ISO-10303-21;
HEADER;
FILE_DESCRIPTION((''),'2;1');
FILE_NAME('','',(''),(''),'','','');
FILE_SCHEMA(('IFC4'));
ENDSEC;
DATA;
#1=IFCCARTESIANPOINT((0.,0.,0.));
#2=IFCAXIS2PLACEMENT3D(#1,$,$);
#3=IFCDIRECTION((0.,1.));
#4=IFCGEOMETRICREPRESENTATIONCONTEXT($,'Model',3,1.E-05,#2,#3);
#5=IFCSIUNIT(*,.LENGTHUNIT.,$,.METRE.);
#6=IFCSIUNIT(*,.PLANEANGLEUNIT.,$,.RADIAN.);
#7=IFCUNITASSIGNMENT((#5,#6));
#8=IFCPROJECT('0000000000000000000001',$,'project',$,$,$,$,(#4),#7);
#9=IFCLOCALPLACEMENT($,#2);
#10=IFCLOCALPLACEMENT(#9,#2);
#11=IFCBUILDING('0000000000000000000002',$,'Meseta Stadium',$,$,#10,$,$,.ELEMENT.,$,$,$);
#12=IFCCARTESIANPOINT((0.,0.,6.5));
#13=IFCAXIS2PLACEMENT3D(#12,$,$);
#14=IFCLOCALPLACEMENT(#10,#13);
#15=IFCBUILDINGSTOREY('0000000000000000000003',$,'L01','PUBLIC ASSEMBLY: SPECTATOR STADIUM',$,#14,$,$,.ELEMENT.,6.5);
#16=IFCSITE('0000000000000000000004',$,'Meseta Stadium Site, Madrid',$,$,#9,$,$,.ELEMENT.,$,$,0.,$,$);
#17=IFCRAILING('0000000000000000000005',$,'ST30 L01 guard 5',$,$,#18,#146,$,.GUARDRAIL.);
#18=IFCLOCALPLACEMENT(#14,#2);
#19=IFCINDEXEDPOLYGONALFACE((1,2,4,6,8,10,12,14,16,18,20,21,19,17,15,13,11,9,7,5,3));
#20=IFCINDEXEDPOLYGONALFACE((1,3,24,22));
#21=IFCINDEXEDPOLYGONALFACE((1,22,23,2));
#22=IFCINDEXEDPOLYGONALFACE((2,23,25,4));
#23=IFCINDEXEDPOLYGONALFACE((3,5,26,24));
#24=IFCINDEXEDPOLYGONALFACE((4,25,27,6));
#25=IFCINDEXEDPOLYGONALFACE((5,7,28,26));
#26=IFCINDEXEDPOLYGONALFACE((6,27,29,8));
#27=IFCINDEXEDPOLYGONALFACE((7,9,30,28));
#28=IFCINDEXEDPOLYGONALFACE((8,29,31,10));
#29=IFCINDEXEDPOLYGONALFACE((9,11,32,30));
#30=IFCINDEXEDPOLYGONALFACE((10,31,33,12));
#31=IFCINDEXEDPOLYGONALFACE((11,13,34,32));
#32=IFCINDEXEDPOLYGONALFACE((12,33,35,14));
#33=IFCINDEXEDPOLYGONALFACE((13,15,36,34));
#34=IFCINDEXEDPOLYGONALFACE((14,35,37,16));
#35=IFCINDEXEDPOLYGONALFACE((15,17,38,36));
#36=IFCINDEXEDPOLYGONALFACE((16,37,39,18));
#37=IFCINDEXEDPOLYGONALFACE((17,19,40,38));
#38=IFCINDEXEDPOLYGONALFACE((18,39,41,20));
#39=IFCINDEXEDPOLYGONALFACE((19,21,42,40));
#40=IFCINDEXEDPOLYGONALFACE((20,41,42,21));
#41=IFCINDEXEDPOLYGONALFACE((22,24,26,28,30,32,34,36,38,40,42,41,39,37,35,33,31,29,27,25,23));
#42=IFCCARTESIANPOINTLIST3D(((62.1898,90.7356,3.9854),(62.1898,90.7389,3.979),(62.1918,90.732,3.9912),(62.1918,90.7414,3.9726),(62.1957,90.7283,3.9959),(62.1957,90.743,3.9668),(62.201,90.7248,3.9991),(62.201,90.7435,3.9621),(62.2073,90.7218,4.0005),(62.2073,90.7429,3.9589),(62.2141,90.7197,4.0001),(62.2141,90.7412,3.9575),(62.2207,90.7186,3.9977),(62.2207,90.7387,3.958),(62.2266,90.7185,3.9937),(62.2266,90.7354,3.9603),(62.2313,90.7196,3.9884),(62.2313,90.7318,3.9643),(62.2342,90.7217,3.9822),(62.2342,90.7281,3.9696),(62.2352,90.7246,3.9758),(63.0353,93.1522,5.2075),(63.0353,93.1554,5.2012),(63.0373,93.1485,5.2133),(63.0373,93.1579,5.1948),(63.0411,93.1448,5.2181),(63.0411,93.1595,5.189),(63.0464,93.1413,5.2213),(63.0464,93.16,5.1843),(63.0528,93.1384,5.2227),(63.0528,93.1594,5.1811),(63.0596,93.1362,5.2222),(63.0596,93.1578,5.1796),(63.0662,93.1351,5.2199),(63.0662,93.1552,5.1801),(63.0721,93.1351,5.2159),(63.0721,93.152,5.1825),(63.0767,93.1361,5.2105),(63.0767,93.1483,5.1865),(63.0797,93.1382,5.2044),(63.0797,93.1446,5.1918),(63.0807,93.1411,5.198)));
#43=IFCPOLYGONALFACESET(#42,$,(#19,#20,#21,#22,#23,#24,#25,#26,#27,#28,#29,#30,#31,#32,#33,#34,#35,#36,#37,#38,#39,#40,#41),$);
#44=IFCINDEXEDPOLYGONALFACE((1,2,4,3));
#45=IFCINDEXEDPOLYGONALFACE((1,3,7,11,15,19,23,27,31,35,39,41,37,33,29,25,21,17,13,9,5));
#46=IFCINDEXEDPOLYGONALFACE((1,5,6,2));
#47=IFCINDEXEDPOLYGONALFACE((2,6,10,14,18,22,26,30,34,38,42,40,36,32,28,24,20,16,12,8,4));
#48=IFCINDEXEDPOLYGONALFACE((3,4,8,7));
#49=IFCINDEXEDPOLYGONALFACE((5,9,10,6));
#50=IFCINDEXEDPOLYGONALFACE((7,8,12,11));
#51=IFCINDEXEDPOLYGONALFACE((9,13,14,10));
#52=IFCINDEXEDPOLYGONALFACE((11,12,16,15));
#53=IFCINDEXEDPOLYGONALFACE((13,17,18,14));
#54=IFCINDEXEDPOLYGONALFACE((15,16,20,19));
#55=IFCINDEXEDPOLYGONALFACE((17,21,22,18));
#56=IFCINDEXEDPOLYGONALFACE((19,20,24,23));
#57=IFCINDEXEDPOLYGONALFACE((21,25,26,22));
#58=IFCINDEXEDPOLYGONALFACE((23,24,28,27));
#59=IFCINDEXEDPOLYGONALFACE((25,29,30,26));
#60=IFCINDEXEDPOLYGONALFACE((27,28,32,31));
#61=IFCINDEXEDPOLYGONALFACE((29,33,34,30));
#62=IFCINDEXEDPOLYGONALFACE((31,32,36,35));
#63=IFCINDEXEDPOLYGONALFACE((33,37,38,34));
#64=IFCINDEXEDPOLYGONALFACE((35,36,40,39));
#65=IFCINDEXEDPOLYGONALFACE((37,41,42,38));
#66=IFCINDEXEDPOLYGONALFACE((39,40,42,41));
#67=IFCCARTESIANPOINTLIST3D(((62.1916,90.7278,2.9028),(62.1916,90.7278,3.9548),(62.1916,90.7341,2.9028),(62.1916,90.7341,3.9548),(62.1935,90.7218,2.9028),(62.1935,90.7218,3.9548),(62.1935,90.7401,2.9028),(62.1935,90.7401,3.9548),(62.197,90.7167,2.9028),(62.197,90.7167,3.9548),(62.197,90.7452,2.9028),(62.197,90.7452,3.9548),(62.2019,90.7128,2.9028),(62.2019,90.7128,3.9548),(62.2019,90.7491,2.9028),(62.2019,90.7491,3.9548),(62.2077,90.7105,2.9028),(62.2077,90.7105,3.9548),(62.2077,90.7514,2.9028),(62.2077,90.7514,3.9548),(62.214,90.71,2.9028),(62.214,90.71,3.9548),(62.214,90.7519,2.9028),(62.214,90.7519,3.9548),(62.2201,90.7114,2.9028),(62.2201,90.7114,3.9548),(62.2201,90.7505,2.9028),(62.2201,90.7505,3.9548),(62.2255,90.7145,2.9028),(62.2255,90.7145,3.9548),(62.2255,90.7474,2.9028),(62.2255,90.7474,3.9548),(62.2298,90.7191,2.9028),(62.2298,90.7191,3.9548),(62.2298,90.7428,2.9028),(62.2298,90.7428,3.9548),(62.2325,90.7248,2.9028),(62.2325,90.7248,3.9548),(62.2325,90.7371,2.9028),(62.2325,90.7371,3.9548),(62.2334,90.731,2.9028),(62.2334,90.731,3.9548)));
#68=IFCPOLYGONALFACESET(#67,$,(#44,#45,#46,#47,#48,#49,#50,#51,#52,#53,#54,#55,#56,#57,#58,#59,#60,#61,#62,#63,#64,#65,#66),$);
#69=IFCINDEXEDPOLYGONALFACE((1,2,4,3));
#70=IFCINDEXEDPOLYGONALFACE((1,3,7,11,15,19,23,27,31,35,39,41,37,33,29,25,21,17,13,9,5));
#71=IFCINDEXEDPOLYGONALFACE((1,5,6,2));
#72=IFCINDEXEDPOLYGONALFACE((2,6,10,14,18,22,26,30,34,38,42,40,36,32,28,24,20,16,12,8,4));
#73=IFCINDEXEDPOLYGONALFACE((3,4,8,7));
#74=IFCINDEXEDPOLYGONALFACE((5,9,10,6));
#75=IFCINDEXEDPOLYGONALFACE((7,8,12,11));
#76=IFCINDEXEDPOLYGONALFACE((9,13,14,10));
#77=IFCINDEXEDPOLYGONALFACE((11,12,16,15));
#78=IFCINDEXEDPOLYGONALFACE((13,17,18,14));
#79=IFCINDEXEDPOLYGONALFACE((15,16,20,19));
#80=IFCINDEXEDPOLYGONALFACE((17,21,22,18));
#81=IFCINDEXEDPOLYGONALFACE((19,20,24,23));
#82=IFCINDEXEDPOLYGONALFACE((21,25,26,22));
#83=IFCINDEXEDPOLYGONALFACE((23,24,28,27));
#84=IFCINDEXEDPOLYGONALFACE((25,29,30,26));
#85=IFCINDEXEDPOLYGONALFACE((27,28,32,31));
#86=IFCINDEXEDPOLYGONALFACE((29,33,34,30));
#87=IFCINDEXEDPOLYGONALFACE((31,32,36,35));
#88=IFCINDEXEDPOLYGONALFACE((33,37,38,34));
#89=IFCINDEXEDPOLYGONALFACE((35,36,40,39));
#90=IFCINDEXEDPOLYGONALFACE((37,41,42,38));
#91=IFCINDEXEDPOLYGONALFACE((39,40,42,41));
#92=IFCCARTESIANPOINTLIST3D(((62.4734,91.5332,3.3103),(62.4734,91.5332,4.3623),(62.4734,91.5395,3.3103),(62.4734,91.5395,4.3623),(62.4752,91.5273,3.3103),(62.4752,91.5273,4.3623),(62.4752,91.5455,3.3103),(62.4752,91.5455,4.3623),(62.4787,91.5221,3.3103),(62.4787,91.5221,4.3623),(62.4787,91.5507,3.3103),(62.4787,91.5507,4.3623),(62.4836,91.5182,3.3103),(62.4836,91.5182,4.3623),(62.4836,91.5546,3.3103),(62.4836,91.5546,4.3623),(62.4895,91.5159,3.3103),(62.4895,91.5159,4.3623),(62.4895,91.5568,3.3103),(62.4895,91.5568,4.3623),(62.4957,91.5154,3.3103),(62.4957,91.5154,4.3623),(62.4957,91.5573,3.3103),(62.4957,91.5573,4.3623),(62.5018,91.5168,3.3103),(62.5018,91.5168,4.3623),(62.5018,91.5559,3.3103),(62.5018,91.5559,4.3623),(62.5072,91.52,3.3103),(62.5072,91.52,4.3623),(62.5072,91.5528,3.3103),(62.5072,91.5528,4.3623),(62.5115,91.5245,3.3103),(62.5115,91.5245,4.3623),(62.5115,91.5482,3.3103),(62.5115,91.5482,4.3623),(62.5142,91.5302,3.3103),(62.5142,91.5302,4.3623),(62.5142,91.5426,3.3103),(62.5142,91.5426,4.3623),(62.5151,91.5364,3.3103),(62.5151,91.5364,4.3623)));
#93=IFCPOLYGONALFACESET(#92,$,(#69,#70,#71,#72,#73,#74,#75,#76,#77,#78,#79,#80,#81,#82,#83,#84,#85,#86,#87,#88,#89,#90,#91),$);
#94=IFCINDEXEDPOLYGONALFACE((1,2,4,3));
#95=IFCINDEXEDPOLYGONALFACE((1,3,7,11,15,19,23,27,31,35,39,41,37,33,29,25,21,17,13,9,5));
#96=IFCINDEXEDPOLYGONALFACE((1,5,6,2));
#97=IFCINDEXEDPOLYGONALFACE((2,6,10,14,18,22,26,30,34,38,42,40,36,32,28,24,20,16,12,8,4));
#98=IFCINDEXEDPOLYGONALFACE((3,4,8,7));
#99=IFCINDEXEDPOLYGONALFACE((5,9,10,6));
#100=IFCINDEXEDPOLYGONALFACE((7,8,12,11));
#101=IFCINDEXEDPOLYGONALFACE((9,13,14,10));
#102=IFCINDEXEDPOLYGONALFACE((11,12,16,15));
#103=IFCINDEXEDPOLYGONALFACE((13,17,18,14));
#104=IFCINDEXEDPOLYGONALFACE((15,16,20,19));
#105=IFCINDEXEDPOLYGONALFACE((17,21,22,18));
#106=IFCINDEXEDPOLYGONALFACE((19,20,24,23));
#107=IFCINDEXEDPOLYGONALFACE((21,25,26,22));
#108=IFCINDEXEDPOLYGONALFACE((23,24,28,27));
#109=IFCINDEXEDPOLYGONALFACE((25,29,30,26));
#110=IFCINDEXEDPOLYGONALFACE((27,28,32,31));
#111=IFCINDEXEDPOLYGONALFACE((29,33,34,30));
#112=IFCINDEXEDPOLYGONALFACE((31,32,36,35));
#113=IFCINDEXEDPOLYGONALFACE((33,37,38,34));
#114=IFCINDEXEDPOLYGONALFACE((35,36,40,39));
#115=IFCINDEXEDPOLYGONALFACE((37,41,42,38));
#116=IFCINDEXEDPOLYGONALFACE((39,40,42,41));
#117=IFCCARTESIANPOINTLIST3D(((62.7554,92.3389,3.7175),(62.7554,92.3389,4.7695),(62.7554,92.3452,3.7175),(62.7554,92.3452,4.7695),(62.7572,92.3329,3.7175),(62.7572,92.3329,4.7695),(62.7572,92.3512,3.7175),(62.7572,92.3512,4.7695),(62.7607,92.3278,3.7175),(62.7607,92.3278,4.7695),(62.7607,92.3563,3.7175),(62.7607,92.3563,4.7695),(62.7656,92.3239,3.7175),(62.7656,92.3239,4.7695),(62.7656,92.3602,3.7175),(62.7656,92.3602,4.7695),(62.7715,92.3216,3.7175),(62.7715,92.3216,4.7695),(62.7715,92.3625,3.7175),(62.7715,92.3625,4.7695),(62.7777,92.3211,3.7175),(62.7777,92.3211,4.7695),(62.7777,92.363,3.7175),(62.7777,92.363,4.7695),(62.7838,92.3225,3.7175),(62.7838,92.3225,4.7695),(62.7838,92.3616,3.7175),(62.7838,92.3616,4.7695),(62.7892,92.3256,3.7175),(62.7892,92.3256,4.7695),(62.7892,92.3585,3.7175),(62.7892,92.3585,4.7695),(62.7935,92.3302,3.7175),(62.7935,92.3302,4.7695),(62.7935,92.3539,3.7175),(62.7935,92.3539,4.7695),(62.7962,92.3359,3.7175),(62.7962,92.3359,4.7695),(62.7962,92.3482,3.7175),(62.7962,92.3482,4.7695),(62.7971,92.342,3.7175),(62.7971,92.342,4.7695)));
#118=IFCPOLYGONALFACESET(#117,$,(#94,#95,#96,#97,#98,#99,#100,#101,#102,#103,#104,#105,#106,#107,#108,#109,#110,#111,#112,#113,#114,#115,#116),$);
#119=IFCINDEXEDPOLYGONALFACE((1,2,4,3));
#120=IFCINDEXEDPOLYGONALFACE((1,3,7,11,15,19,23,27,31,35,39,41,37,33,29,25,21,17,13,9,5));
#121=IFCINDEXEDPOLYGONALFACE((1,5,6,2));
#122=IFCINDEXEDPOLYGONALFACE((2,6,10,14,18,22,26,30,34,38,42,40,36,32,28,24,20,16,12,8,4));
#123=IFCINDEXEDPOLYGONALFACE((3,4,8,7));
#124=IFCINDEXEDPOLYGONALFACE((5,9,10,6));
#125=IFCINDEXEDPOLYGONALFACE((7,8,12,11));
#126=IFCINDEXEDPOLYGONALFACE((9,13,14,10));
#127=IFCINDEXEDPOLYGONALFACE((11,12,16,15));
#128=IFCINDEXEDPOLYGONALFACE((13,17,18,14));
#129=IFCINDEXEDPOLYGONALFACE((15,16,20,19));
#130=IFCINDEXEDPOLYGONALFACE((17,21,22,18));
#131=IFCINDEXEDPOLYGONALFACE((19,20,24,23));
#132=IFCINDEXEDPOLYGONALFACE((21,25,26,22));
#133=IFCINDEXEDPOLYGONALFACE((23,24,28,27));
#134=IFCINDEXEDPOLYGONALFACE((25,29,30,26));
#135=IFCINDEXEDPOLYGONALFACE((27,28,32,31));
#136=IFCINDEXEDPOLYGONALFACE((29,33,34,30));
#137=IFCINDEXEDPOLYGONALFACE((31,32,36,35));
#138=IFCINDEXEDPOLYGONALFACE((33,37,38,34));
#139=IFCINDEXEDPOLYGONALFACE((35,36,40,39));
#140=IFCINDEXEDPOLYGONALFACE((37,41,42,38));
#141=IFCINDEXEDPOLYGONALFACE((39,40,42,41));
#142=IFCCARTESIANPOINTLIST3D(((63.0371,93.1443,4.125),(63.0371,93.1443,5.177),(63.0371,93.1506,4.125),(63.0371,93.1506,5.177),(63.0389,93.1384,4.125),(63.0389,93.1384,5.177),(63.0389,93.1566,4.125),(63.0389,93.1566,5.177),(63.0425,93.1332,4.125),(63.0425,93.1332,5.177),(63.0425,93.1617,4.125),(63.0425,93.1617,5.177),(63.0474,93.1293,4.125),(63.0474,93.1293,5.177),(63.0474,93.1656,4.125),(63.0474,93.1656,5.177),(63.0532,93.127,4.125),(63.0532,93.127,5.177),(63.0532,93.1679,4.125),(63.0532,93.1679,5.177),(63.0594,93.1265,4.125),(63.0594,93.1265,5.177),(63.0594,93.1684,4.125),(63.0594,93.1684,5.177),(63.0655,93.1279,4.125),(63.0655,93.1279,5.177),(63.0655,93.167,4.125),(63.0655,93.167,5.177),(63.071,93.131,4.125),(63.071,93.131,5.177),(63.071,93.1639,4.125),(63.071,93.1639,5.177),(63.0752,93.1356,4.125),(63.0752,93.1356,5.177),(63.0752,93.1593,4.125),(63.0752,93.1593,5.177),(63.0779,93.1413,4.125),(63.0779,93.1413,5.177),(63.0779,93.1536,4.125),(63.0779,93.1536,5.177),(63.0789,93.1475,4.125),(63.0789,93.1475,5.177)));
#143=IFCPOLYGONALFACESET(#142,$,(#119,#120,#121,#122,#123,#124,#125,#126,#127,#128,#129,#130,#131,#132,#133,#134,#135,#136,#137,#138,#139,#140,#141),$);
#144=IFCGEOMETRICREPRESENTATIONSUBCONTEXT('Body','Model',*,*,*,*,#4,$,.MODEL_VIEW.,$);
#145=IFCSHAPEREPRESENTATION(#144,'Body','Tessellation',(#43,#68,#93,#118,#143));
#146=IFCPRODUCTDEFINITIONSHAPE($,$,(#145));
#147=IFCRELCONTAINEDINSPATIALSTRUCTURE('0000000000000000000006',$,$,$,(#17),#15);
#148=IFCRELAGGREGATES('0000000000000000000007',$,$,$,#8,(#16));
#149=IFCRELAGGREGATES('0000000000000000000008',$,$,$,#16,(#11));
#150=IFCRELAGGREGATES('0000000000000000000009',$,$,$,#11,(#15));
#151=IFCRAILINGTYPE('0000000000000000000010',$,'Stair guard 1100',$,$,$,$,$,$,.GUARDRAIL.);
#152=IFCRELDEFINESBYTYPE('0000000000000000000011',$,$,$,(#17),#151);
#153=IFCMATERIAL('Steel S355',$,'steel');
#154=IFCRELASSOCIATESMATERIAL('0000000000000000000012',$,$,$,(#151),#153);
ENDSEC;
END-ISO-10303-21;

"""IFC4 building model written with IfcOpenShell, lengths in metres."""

from ifc_helpers import new_model, si_unit, direction, frame, origin, origin_2d, place, context, subcontext, project, spatial, circle, extrude, material, type_object, element, save


model = new_model("IFC4")

# Units and contexts
model_context = context("Model", 3, precision=1e-05, world=origin(), true_north=direction((0.0, 1.0)))
body_context = subcontext(model_context, "Body", "Model", "MODEL_VIEW")
ifc_project = project(units=[si_unit("LENGTHUNIT", "METRE"), si_unit("PLANEANGLEUNIT", "RADIAN")], contexts=[model_context])

# Site, building, storey
site_placement = place(None, origin())
site = spatial("IfcSite", under=ifc_project, at=site_placement, Name="Meseta Stadium Site, Madrid", CompositionType="ELEMENT", RefElevation=0.0)
building_placement = place(site_placement, origin())
building = spatial("IfcBuilding", under=site, at=building_placement, Name="Meseta Stadium", CompositionType="ELEMENT")
storey_placement = place(building_placement, frame((0.0, 0.0, 6.5)))
storey = spatial("IfcBuildingStorey", under=building, at=storey_placement, Name="L01", Description="PUBLIC ASSEMBLY: SPECTATOR STADIUM", CompositionType="ELEMENT", Elevation=6.5)

# Railing
ifc_material_1 = material(Name="Steel S355", Category="steel")
railing_type_1 = type_object("IfcRailingType", Name="Stair guard 1100", PredefinedType="GUARDRAIL", material=ifc_material_1)
railing_1_placement = place(storey_placement, frame((62.2124, 90.731, 2.9028)))
element("IfcRailing", 1, at=railing_1_placement, inside=storey, type_object=railing_type_1, Name="ST30 L01 guard 5", PredefinedType="GUARDRAIL", context=body_context, shape_type="SweptSolid", body=[
    extrude(circle(Radius=0.0239, at=origin_2d()), frame((0.0, 0.0, 1.0762), z_axis=(0.298022, 0.851812, 0.430811), x_axis=(-0.943897, 0.33024, 0.0)), (0.0, 0.0, 1.0), 2.8369),
    extrude(circle(Radius=0.021, at=origin_2d()), origin(), (0.0, 0.0, 1.0), 1.052),
    extrude(circle(Radius=0.021, at=origin_2d()), frame((0.2817, 0.8054, 0.4075)), (0.0, 0.0, 1.0), 1.052),
    extrude(circle(Radius=0.021, at=origin_2d()), frame((0.5637, 1.6111, 0.8147)), (0.0, 0.0, 1.0), 1.052),
    extrude(circle(Radius=0.021, at=origin_2d()), frame((0.8455, 2.4165, 1.2222)), (0.0, 0.0, 1.0), 1.052),
])

save(model, "model.ifc")
